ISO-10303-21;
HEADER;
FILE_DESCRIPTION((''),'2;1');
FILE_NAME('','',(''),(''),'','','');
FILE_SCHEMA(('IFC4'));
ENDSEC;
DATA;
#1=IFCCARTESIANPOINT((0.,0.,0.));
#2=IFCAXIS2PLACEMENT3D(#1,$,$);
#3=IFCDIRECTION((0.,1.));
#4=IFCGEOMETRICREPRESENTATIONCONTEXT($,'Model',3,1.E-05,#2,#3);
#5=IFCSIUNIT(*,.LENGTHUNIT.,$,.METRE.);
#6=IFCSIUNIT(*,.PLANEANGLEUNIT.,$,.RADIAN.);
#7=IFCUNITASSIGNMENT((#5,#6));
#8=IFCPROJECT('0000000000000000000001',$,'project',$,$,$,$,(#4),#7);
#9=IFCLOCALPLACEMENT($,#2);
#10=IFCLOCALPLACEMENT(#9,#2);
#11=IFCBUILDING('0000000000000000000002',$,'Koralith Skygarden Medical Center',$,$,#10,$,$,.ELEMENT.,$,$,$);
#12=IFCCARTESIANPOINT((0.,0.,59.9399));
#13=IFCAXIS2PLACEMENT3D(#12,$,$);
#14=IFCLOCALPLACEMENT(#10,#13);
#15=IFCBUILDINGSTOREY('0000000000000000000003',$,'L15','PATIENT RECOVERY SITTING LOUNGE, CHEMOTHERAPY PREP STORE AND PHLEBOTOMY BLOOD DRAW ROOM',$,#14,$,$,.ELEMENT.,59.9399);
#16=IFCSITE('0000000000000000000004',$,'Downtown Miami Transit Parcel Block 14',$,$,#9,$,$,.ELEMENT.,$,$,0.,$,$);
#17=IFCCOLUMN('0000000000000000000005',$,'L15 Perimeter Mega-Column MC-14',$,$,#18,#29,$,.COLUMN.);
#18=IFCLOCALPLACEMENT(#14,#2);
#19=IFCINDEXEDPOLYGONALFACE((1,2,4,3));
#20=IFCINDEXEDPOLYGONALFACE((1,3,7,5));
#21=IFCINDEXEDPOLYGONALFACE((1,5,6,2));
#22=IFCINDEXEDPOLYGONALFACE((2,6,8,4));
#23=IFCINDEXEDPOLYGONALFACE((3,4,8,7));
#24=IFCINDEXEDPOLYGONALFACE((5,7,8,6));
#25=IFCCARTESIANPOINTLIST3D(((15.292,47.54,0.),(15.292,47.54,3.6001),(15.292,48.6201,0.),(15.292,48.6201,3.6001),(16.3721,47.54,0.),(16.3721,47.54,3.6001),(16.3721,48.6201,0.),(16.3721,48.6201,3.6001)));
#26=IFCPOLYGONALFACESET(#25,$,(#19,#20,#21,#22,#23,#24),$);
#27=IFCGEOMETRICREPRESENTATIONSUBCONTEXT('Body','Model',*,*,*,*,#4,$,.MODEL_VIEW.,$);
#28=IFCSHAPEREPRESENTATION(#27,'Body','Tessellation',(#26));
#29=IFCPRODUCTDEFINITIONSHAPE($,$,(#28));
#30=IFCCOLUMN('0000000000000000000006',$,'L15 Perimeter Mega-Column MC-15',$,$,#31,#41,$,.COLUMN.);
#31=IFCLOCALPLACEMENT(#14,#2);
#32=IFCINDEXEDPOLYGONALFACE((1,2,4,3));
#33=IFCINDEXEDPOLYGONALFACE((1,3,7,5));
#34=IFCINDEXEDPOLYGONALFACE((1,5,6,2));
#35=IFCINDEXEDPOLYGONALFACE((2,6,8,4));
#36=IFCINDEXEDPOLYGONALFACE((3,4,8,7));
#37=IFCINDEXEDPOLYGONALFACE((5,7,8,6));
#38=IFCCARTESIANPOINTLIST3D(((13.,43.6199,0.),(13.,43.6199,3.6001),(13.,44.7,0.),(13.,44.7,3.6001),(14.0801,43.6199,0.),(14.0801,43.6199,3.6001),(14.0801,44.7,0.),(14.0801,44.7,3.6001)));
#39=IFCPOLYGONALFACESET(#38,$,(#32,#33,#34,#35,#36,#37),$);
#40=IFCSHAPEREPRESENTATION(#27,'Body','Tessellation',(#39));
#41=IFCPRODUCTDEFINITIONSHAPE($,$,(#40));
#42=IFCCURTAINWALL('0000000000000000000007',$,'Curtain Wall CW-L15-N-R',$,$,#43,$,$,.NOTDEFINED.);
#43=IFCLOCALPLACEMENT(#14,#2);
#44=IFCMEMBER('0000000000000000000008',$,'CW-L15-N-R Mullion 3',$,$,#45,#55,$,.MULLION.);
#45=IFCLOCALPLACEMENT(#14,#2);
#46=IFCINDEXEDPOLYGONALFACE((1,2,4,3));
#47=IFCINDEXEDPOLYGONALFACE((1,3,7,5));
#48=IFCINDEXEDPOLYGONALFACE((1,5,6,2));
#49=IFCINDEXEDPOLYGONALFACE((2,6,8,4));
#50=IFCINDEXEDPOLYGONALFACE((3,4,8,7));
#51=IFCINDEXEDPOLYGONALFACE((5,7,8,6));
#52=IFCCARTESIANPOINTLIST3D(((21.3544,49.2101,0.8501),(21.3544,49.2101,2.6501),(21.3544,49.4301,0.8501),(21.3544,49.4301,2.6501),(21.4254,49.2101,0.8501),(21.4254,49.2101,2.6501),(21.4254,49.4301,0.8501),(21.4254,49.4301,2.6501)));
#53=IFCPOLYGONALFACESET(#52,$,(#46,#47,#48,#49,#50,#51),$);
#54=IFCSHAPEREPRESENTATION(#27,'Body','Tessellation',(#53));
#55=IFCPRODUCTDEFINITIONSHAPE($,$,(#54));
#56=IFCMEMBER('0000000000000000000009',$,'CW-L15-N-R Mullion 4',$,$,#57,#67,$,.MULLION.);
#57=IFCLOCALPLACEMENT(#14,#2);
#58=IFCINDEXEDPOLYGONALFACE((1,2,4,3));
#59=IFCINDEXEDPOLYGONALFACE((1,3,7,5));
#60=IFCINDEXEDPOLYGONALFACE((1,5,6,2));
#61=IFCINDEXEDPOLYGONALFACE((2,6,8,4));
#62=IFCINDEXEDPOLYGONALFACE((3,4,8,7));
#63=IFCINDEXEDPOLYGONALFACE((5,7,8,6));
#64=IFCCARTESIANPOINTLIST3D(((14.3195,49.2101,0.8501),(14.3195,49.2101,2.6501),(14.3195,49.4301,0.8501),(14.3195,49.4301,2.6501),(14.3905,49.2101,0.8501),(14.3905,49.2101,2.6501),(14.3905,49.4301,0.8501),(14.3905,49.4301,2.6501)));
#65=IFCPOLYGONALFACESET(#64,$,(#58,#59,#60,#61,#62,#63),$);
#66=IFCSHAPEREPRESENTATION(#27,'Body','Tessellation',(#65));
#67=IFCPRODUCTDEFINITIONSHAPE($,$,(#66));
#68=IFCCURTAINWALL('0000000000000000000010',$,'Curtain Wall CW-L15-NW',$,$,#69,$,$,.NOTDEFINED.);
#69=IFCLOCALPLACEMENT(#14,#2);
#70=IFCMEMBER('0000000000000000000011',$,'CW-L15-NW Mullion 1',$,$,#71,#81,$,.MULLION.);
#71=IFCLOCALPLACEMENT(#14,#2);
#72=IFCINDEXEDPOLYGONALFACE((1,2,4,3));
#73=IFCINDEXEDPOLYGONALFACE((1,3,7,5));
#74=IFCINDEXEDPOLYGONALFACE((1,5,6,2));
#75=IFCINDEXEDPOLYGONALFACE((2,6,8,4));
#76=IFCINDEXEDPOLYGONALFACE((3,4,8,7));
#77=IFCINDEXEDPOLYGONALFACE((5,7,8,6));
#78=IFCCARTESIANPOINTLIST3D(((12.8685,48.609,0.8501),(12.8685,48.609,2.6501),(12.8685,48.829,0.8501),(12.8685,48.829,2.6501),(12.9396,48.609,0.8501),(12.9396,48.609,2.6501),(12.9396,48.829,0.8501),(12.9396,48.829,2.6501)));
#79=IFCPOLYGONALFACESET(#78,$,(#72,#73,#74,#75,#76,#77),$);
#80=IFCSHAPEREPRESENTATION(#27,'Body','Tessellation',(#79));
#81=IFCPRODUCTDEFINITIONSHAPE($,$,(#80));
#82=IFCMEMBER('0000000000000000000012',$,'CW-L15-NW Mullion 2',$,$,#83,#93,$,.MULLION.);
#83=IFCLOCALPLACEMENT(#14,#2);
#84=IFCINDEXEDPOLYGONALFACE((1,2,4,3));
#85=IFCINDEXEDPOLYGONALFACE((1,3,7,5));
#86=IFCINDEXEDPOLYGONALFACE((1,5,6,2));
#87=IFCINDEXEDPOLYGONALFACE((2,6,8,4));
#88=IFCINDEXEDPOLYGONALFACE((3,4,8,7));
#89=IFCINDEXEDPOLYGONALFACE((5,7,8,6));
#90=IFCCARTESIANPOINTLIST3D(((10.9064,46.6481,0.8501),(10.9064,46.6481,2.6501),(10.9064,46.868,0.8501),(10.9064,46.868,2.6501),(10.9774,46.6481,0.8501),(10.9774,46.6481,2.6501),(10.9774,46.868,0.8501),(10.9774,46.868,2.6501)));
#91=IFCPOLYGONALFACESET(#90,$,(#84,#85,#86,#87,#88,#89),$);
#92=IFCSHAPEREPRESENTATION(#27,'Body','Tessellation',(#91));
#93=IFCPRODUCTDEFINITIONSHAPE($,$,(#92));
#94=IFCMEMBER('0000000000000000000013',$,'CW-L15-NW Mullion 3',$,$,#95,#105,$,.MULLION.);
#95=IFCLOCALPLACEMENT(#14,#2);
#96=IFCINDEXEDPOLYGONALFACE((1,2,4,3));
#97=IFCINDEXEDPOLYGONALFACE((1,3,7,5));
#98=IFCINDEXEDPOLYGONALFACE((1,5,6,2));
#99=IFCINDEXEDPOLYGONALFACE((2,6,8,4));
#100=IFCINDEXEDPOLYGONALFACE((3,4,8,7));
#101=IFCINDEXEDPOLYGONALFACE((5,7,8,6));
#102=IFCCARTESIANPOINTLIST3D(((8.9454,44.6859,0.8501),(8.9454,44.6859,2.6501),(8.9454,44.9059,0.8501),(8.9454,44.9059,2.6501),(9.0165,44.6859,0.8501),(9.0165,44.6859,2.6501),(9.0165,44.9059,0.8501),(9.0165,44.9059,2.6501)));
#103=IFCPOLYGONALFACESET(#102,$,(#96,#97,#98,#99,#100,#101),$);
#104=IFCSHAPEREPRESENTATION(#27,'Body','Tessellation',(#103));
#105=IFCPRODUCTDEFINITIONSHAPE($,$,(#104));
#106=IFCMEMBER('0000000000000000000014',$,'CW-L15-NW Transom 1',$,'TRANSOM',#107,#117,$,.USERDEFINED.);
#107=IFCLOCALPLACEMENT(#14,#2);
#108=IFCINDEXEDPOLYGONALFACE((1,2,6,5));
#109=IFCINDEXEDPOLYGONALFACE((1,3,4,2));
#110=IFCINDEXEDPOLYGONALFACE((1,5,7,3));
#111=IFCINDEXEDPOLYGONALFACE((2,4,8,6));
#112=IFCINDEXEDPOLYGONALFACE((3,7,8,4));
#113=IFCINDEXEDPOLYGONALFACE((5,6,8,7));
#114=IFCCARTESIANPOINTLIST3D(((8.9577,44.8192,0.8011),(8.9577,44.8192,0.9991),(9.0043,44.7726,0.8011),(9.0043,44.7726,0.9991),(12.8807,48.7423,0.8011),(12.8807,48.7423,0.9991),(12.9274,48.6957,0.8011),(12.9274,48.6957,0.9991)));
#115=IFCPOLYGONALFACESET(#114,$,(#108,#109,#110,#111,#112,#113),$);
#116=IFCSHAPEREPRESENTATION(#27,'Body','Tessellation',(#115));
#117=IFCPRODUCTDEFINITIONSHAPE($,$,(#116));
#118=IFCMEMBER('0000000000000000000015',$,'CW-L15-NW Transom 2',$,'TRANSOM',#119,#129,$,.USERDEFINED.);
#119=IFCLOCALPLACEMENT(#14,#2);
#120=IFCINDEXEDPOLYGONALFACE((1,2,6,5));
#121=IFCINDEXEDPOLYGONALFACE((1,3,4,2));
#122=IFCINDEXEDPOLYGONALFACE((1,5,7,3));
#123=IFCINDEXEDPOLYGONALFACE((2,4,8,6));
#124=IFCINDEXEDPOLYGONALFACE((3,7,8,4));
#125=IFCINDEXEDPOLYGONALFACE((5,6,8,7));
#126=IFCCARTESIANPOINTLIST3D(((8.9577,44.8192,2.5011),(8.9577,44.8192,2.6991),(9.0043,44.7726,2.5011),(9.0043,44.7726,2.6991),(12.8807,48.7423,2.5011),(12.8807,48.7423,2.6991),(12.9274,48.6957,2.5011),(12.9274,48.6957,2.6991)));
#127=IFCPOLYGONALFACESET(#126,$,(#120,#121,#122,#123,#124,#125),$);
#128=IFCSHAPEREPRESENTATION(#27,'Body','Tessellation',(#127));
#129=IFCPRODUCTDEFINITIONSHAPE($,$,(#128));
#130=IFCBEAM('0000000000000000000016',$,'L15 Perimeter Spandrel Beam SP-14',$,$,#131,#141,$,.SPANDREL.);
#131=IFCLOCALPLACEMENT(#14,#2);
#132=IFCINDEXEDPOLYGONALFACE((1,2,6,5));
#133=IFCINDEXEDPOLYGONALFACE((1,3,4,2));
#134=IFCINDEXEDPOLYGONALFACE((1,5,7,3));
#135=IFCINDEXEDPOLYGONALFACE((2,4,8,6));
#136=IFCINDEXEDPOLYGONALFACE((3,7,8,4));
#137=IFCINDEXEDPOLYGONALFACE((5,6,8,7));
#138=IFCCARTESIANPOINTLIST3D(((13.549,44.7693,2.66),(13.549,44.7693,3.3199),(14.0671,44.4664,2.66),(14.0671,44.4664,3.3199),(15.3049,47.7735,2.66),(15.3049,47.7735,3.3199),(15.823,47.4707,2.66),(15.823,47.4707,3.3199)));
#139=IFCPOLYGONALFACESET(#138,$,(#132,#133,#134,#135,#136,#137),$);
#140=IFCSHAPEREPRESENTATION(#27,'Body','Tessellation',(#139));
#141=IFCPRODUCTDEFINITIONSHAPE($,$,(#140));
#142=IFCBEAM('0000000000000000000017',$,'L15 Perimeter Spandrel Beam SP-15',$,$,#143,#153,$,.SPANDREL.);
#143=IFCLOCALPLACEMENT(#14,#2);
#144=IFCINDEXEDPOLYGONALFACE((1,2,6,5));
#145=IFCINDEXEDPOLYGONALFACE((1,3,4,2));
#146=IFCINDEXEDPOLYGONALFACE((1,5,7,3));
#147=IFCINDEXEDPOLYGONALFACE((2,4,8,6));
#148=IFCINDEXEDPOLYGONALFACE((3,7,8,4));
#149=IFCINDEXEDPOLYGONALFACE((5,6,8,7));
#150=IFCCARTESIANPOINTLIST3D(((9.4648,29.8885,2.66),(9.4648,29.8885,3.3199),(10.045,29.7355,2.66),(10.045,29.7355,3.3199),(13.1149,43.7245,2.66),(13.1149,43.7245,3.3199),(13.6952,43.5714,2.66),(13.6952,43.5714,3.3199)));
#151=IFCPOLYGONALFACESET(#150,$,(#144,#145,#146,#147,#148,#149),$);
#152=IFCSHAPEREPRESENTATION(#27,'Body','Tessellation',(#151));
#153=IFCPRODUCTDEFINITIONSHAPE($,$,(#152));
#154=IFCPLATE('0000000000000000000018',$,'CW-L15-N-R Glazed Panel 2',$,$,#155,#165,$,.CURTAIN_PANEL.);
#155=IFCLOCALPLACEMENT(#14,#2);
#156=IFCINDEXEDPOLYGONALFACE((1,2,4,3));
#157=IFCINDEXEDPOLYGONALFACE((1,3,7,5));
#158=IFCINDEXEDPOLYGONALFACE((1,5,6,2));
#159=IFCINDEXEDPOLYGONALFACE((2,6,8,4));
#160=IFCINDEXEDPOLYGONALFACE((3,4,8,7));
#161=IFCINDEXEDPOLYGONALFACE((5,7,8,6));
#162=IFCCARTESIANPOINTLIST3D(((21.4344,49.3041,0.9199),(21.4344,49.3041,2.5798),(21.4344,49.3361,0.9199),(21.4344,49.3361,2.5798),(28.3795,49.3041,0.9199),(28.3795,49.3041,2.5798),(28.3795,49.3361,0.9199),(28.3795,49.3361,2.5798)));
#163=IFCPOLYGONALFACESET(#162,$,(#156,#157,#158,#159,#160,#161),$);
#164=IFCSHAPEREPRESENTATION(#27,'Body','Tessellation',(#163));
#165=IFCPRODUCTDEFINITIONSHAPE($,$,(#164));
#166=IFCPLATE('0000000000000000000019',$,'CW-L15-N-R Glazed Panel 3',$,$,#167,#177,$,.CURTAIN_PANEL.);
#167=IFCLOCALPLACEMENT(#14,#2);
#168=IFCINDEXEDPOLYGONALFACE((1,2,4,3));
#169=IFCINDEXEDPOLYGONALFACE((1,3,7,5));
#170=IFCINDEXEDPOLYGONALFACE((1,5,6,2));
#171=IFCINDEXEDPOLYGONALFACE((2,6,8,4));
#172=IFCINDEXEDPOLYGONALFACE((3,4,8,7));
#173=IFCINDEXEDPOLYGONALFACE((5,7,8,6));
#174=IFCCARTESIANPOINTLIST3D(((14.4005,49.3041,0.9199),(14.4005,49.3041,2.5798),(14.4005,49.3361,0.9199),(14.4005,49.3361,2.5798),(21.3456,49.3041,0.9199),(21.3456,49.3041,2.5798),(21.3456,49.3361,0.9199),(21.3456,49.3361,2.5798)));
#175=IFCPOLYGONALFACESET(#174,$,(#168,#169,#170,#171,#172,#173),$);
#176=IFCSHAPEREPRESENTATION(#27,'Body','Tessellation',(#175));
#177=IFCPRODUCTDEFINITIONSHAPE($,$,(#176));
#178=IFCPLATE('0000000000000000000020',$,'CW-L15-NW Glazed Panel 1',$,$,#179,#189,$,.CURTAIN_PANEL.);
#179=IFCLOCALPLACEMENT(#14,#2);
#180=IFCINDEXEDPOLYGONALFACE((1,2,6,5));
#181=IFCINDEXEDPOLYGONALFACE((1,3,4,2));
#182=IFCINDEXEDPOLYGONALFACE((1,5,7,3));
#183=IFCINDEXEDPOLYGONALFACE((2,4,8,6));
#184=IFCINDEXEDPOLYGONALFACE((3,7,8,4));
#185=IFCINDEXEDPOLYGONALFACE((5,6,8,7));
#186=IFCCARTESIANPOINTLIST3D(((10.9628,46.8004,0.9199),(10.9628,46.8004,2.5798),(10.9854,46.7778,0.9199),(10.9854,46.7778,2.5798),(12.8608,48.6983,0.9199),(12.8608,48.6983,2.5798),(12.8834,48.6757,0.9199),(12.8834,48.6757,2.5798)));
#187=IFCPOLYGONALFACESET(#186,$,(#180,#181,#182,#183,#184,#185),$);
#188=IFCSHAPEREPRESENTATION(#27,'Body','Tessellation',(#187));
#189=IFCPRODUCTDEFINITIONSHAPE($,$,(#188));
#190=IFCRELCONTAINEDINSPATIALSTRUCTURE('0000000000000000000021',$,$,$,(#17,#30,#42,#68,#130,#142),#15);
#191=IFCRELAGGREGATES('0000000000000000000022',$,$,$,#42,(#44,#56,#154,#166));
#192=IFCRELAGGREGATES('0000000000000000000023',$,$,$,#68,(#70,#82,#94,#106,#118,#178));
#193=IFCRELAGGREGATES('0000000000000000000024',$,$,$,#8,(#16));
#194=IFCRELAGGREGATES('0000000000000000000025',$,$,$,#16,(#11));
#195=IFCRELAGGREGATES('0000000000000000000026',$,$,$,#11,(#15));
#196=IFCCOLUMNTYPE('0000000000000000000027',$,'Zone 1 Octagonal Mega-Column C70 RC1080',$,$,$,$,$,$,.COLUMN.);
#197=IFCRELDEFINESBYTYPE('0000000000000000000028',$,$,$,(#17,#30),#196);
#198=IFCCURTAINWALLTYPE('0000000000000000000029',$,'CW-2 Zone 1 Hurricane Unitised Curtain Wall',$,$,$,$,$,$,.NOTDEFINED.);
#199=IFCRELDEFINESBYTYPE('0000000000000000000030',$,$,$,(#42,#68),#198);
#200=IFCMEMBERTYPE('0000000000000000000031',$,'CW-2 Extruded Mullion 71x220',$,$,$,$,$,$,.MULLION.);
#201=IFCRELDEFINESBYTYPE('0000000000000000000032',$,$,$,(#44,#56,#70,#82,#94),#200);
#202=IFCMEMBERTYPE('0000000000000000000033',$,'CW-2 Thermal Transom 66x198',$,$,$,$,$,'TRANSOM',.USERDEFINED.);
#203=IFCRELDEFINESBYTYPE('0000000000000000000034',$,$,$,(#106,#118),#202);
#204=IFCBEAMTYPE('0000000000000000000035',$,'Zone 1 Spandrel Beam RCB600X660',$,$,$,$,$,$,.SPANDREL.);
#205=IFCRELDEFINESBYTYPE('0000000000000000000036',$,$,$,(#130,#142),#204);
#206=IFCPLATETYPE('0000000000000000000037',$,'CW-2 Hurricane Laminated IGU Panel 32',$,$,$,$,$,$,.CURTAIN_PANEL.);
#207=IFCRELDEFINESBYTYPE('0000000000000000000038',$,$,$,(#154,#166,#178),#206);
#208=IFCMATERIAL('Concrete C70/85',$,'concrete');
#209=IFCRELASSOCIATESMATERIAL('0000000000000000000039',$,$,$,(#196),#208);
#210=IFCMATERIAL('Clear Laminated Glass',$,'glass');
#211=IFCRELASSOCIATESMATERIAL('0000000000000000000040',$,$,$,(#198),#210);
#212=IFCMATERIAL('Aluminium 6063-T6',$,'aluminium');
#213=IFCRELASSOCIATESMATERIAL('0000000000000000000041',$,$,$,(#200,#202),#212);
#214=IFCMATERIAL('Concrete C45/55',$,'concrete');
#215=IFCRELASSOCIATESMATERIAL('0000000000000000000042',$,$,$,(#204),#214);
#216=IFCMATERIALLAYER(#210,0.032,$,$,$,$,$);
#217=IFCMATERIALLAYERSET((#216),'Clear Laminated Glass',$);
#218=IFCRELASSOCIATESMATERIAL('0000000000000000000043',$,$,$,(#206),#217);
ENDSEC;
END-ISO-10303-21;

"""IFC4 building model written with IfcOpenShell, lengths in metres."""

from ifc_helpers import new_model, si_unit, direction, frame, origin, origin_2d, place, context, subcontext, project, spatial, rectangle, extrude, material, layer, layer_set, material_profile, profile_set, type_object, element, aggregate, save


model = new_model("IFC4")

# Units and contexts
model_context = context("Model", 3, precision=1e-05, world=origin(), true_north=direction((0.0, 1.0)))
body_context = subcontext(model_context, "Body", "Model", "MODEL_VIEW")
ifc_project = project(units=[si_unit("LENGTHUNIT", "METRE"), si_unit("PLANEANGLEUNIT", "RADIAN")], contexts=[model_context])

# Site, building, storey
site_placement = place(None, origin())
site = spatial("IfcSite", under=ifc_project, at=site_placement, Name="Downtown Miami Transit Parcel Block 14", CompositionType="ELEMENT", RefElevation=0.0)
building_placement = place(site_placement, origin())
building = spatial("IfcBuilding", under=site, at=building_placement, Name="Koralith Skygarden Medical Center", CompositionType="ELEMENT")
storey_placement = place(building_placement, frame((0.0, 0.0, 59.9399)))
storey = spatial("IfcBuildingStorey", under=building, at=storey_placement, Name="L15", Description="PATIENT RECOVERY SITTING LOUNGE, CHEMOTHERAPY PREP STORE AND PHLEBOTOMY BLOOD DRAW ROOM", CompositionType="ELEMENT", Elevation=59.9399)

# Columns
ifc_material_1 = material(Name="Concrete C70/85", Category="concrete")
ifc_material_profile_1 = material_profile(ifc_material_1, rectangle(XDim=1.0801, YDim=1.0801, at=origin_2d()), Name="RC1080X1080")
ifc_profile_set_1 = profile_set([ifc_material_profile_1], Name="Concrete C70/85")
column_type = type_object("IfcColumnType", Name="Zone 1 Octagonal Mega-Column C70 RC1080", PredefinedType="COLUMN", material=ifc_profile_set_1)
for number, where, z_axis, x_axis, name in (
    (1, (15.832, 48.0801, 0.0), (0.0, 0.0, 1.0), (1.0, 0.0, 0.0), "L15 Perimeter Mega-Column MC-14"),
    (2, (13.54, 44.1599, 0.0), (0.0, 0.0, 1.0), (1.0, 0.0, 0.0), "L15 Perimeter Mega-Column MC-15"),
):
    element("IfcColumn", number, at=place(storey_placement, frame(where, z_axis=z_axis, x_axis=x_axis)), inside=storey, type_object=column_type, Name=name, PredefinedType="COLUMN", context=body_context, shape_type="SweptSolid", body=[
        extrude(rectangle(XDim=1.0801, YDim=1.0801, at=origin_2d()), origin(), (0.0, 0.0, 1.0), 3.6001),
    ])

# Curtain walls, members
ifc_material_2 = material(Name="Clear Laminated Glass", Category="glass")
curtain_wall_type = type_object("IfcCurtainWallType", Name="CW-2 Zone 1 Hurricane Unitised Curtain Wall", PredefinedType="NOTDEFINED", material=ifc_material_2)
curtain_wall_1_placement = place(storey_placement, origin())
curtain_wall_1 = element("IfcCurtainWall", 3, at=curtain_wall_1_placement, inside=storey, type_object=curtain_wall_type, Name="Curtain Wall CW-L15-N-R", PredefinedType="NOTDEFINED")
ifc_material_3 = material(Name="Aluminium 6063-T6", Category="aluminium")
ifc_material_profile_2 = material_profile(ifc_material_3, rectangle(XDim=0.071, YDim=0.22, at=origin_2d()), Name="MUL71X220")
ifc_profile_set_2 = profile_set([ifc_material_profile_2], Name="Aluminium 6063-T6")
member_type_1 = type_object("IfcMemberType", Name="CW-2 Extruded Mullion 71x220", PredefinedType="MULLION", material=ifc_profile_set_2)
member_1_placement = place(storey_placement, frame((21.3899, 49.3201, 0.8501), z_axis=(0.0, 0.0, 1.0), x_axis=(1.0, 0.0, 0.0)))
member_1 = element("IfcMember", 4, at=member_1_placement, type_object=member_type_1, Name="CW-L15-N-R Mullion 3", PredefinedType="MULLION", context=body_context, shape_type="SweptSolid", body=[
    extrude(rectangle(XDim=0.071, YDim=0.22, at=origin_2d()), origin(), (0.0, 0.0, 1.0), 1.8),
])
member_2_placement = place(storey_placement, frame((14.355, 49.3201, 0.8501), z_axis=(0.0, 0.0, 1.0), x_axis=(1.0, 0.0, 0.0)))
member_2 = element("IfcMember", 5, at=member_2_placement, type_object=member_type_1, Name="CW-L15-N-R Mullion 4", PredefinedType="MULLION", context=body_context, shape_type="SweptSolid", body=[
    extrude(rectangle(XDim=0.071, YDim=0.22, at=origin_2d()), origin(), (0.0, 0.0, 1.0), 1.8),
])
curtain_wall_2_placement = place(storey_placement, origin())
curtain_wall_2 = element("IfcCurtainWall", 6, at=curtain_wall_2_placement, inside=storey, type_object=curtain_wall_type, Name="Curtain Wall CW-L15-NW", PredefinedType="NOTDEFINED")
member_3_placement = place(storey_placement, frame((12.9041, 48.719, 0.8501), z_axis=(0.0, 0.0, 1.0), x_axis=(1.0, 0.0, 0.0)))
member_3 = element("IfcMember", 7, at=member_3_placement, type_object=member_type_1, Name="CW-L15-NW Mullion 1", PredefinedType="MULLION", context=body_context, shape_type="SweptSolid", body=[
    extrude(rectangle(XDim=0.071, YDim=0.22, at=origin_2d()), origin(), (0.0, 0.0, 1.0), 1.8),
])
member_4_placement = place(storey_placement, frame((10.9419, 46.7581, 0.8501), z_axis=(0.0, 0.0, 1.0), x_axis=(1.0, 0.0, 0.0)))
member_4 = element("IfcMember", 8, at=member_4_placement, type_object=member_type_1, Name="CW-L15-NW Mullion 2", PredefinedType="MULLION", context=body_context, shape_type="SweptSolid", body=[
    extrude(rectangle(XDim=0.071, YDim=0.22, at=origin_2d()), origin(), (0.0, 0.0, 1.0), 1.8),
])
member_5_placement = place(storey_placement, frame((8.981, 44.7959, 0.8501), z_axis=(0.0, 0.0, 1.0), x_axis=(1.0, 0.0, 0.0)))
member_5 = element("IfcMember", 9, at=member_5_placement, type_object=member_type_1, Name="CW-L15-NW Mullion 3", PredefinedType="MULLION", context=body_context, shape_type="SweptSolid", body=[
    extrude(rectangle(XDim=0.071, YDim=0.22, at=origin_2d()), origin(), (0.0, 0.0, 1.0), 1.8),
])
ifc_material_profile_3 = material_profile(ifc_material_3, rectangle(XDim=0.0659, YDim=0.198, at=origin_2d()), Name="TRN66X198")
ifc_profile_set_3 = profile_set([ifc_material_profile_3], Name="Aluminium 6063-T6")
member_type_2 = type_object("IfcMemberType", Name="CW-2 Thermal Transom 66x198", ElementType="TRANSOM", PredefinedType="USERDEFINED", material=ifc_profile_set_3)
member_6_placement = place(storey_placement, frame((12.9041, 48.719, 0.9001), z_axis=(-0.707107, -0.707107, 0.0), x_axis=(0.707107, -0.707107, 0.0)))
member_6 = element("IfcMember", 10, at=member_6_placement, type_object=member_type_2, Name="CW-L15-NW Transom 1", ObjectType="TRANSOM", PredefinedType="USERDEFINED", context=body_context, shape_type="SweptSolid", body=[
    extrude(rectangle(XDim=0.0659, YDim=0.198, at=origin_2d()), origin(), (0.0, 0.0, 1.0), 5.5481),
])
member_7_placement = place(storey_placement, frame((12.9041, 48.719, 2.6001), z_axis=(-0.707107, -0.707107, 0.0), x_axis=(0.707107, -0.707107, 0.0)))
member_7 = element("IfcMember", 11, at=member_7_placement, type_object=member_type_2, Name="CW-L15-NW Transom 2", ObjectType="TRANSOM", PredefinedType="USERDEFINED", context=body_context, shape_type="SweptSolid", body=[
    extrude(rectangle(XDim=0.0659, YDim=0.198, at=origin_2d()), origin(), (0.0, 0.0, 1.0), 5.5481),
])

# Beams
ifc_material_4 = material(Name="Concrete C45/55", Category="concrete")
ifc_material_profile_4 = material_profile(ifc_material_4, rectangle(XDim=0.6001, YDim=0.6599, at=origin_2d()), Name="RCB600X660")
ifc_profile_set_4 = profile_set([ifc_material_profile_4], Name="Concrete C45/55")
beam_type = type_object("IfcBeamType", Name="Zone 1 Spandrel Beam RCB600X660", PredefinedType="SPANDREL", material=ifc_profile_set_4)
beam_1_placement = place(storey_placement, frame((15.564, 47.6221, 2.99), z_axis=(-0.504608, -0.863349, 0.0), x_axis=(0.863349, -0.504608, 0.0)))
element("IfcBeam", 12, at=beam_1_placement, inside=storey, type_object=beam_type, Name="L15 Perimeter Spandrel Beam SP-14", PredefinedType="SPANDREL", context=body_context, shape_type="SweptSolid", body=[
    extrude(rectangle(XDim=0.6001, YDim=0.6599, at=origin_2d()), origin(), (0.0, 0.0, 1.0), 3.4797),
])
beam_2_placement = place(storey_placement, frame((13.405, 43.6479, 2.99), z_axis=(-0.255089, -0.966918, 0.0), x_axis=(0.966918, -0.255089, 0.0)))
element("IfcBeam", 13, at=beam_2_placement, inside=storey, type_object=beam_type, Name="L15 Perimeter Spandrel Beam SP-15", PredefinedType="SPANDREL", context=body_context, shape_type="SweptSolid", body=[
    extrude(rectangle(XDim=0.6001, YDim=0.6599, at=origin_2d()), origin(), (0.0, 0.0, 1.0), 14.3093),
])

# Plates
ifc_layer_1 = layer(ifc_material_2, 0.032)
ifc_layer_set_1 = layer_set([ifc_layer_1], Name="Clear Laminated Glass")
plate_type_1 = type_object("IfcPlateType", Name="CW-2 Hurricane Laminated IGU Panel 32", PredefinedType="CURTAIN_PANEL", material=ifc_layer_set_1)
plate_1_placement = place(storey_placement, frame((24.907, 49.3201, 0.9199), z_axis=(0.0, 0.0, 1.0), x_axis=(-1.0, 0.0, 0.0)))
plate_1 = element("IfcPlate", 14, at=plate_1_placement, type_object=plate_type_1, Name="CW-L15-N-R Glazed Panel 2", PredefinedType="CURTAIN_PANEL", context=body_context, shape_type="SweptSolid", body=[
    extrude(rectangle(XDim=6.9451, YDim=0.032, at=origin_2d()), origin(), (0.0, 0.0, 1.0), 1.6599),
])
plate_2_placement = place(storey_placement, frame((17.873, 49.3201, 0.9199), z_axis=(0.0, 0.0, 1.0), x_axis=(-1.0, 0.0, 0.0)))
plate_2 = element("IfcPlate", 15, at=plate_2_placement, type_object=plate_type_1, Name="CW-L15-N-R Glazed Panel 3", PredefinedType="CURTAIN_PANEL", context=body_context, shape_type="SweptSolid", body=[
    extrude(rectangle(XDim=6.9451, YDim=0.032, at=origin_2d()), origin(), (0.0, 0.0, 1.0), 1.6599),
])
aggregate(curtain_wall_1, [member_1, member_2, plate_1, plate_2])
plate_3_placement = place(storey_placement, frame((11.9231, 47.738, 0.9199), z_axis=(0.0, 0.0, 1.0), x_axis=(-0.707107, -0.707107, 0.0)))
plate_3 = element("IfcPlate", 16, at=plate_3_placement, type_object=plate_type_1, Name="CW-L15-NW Glazed Panel 1", PredefinedType="CURTAIN_PANEL", context=body_context, shape_type="SweptSolid", body=[
    extrude(rectangle(XDim=2.6841, YDim=0.032, at=origin_2d()), origin(), (0.0, 0.0, 1.0), 1.6599),
])
aggregate(curtain_wall_2, [member_3, member_4, member_5, member_6, member_7, plate_3])

save(model, "model.ifc")
